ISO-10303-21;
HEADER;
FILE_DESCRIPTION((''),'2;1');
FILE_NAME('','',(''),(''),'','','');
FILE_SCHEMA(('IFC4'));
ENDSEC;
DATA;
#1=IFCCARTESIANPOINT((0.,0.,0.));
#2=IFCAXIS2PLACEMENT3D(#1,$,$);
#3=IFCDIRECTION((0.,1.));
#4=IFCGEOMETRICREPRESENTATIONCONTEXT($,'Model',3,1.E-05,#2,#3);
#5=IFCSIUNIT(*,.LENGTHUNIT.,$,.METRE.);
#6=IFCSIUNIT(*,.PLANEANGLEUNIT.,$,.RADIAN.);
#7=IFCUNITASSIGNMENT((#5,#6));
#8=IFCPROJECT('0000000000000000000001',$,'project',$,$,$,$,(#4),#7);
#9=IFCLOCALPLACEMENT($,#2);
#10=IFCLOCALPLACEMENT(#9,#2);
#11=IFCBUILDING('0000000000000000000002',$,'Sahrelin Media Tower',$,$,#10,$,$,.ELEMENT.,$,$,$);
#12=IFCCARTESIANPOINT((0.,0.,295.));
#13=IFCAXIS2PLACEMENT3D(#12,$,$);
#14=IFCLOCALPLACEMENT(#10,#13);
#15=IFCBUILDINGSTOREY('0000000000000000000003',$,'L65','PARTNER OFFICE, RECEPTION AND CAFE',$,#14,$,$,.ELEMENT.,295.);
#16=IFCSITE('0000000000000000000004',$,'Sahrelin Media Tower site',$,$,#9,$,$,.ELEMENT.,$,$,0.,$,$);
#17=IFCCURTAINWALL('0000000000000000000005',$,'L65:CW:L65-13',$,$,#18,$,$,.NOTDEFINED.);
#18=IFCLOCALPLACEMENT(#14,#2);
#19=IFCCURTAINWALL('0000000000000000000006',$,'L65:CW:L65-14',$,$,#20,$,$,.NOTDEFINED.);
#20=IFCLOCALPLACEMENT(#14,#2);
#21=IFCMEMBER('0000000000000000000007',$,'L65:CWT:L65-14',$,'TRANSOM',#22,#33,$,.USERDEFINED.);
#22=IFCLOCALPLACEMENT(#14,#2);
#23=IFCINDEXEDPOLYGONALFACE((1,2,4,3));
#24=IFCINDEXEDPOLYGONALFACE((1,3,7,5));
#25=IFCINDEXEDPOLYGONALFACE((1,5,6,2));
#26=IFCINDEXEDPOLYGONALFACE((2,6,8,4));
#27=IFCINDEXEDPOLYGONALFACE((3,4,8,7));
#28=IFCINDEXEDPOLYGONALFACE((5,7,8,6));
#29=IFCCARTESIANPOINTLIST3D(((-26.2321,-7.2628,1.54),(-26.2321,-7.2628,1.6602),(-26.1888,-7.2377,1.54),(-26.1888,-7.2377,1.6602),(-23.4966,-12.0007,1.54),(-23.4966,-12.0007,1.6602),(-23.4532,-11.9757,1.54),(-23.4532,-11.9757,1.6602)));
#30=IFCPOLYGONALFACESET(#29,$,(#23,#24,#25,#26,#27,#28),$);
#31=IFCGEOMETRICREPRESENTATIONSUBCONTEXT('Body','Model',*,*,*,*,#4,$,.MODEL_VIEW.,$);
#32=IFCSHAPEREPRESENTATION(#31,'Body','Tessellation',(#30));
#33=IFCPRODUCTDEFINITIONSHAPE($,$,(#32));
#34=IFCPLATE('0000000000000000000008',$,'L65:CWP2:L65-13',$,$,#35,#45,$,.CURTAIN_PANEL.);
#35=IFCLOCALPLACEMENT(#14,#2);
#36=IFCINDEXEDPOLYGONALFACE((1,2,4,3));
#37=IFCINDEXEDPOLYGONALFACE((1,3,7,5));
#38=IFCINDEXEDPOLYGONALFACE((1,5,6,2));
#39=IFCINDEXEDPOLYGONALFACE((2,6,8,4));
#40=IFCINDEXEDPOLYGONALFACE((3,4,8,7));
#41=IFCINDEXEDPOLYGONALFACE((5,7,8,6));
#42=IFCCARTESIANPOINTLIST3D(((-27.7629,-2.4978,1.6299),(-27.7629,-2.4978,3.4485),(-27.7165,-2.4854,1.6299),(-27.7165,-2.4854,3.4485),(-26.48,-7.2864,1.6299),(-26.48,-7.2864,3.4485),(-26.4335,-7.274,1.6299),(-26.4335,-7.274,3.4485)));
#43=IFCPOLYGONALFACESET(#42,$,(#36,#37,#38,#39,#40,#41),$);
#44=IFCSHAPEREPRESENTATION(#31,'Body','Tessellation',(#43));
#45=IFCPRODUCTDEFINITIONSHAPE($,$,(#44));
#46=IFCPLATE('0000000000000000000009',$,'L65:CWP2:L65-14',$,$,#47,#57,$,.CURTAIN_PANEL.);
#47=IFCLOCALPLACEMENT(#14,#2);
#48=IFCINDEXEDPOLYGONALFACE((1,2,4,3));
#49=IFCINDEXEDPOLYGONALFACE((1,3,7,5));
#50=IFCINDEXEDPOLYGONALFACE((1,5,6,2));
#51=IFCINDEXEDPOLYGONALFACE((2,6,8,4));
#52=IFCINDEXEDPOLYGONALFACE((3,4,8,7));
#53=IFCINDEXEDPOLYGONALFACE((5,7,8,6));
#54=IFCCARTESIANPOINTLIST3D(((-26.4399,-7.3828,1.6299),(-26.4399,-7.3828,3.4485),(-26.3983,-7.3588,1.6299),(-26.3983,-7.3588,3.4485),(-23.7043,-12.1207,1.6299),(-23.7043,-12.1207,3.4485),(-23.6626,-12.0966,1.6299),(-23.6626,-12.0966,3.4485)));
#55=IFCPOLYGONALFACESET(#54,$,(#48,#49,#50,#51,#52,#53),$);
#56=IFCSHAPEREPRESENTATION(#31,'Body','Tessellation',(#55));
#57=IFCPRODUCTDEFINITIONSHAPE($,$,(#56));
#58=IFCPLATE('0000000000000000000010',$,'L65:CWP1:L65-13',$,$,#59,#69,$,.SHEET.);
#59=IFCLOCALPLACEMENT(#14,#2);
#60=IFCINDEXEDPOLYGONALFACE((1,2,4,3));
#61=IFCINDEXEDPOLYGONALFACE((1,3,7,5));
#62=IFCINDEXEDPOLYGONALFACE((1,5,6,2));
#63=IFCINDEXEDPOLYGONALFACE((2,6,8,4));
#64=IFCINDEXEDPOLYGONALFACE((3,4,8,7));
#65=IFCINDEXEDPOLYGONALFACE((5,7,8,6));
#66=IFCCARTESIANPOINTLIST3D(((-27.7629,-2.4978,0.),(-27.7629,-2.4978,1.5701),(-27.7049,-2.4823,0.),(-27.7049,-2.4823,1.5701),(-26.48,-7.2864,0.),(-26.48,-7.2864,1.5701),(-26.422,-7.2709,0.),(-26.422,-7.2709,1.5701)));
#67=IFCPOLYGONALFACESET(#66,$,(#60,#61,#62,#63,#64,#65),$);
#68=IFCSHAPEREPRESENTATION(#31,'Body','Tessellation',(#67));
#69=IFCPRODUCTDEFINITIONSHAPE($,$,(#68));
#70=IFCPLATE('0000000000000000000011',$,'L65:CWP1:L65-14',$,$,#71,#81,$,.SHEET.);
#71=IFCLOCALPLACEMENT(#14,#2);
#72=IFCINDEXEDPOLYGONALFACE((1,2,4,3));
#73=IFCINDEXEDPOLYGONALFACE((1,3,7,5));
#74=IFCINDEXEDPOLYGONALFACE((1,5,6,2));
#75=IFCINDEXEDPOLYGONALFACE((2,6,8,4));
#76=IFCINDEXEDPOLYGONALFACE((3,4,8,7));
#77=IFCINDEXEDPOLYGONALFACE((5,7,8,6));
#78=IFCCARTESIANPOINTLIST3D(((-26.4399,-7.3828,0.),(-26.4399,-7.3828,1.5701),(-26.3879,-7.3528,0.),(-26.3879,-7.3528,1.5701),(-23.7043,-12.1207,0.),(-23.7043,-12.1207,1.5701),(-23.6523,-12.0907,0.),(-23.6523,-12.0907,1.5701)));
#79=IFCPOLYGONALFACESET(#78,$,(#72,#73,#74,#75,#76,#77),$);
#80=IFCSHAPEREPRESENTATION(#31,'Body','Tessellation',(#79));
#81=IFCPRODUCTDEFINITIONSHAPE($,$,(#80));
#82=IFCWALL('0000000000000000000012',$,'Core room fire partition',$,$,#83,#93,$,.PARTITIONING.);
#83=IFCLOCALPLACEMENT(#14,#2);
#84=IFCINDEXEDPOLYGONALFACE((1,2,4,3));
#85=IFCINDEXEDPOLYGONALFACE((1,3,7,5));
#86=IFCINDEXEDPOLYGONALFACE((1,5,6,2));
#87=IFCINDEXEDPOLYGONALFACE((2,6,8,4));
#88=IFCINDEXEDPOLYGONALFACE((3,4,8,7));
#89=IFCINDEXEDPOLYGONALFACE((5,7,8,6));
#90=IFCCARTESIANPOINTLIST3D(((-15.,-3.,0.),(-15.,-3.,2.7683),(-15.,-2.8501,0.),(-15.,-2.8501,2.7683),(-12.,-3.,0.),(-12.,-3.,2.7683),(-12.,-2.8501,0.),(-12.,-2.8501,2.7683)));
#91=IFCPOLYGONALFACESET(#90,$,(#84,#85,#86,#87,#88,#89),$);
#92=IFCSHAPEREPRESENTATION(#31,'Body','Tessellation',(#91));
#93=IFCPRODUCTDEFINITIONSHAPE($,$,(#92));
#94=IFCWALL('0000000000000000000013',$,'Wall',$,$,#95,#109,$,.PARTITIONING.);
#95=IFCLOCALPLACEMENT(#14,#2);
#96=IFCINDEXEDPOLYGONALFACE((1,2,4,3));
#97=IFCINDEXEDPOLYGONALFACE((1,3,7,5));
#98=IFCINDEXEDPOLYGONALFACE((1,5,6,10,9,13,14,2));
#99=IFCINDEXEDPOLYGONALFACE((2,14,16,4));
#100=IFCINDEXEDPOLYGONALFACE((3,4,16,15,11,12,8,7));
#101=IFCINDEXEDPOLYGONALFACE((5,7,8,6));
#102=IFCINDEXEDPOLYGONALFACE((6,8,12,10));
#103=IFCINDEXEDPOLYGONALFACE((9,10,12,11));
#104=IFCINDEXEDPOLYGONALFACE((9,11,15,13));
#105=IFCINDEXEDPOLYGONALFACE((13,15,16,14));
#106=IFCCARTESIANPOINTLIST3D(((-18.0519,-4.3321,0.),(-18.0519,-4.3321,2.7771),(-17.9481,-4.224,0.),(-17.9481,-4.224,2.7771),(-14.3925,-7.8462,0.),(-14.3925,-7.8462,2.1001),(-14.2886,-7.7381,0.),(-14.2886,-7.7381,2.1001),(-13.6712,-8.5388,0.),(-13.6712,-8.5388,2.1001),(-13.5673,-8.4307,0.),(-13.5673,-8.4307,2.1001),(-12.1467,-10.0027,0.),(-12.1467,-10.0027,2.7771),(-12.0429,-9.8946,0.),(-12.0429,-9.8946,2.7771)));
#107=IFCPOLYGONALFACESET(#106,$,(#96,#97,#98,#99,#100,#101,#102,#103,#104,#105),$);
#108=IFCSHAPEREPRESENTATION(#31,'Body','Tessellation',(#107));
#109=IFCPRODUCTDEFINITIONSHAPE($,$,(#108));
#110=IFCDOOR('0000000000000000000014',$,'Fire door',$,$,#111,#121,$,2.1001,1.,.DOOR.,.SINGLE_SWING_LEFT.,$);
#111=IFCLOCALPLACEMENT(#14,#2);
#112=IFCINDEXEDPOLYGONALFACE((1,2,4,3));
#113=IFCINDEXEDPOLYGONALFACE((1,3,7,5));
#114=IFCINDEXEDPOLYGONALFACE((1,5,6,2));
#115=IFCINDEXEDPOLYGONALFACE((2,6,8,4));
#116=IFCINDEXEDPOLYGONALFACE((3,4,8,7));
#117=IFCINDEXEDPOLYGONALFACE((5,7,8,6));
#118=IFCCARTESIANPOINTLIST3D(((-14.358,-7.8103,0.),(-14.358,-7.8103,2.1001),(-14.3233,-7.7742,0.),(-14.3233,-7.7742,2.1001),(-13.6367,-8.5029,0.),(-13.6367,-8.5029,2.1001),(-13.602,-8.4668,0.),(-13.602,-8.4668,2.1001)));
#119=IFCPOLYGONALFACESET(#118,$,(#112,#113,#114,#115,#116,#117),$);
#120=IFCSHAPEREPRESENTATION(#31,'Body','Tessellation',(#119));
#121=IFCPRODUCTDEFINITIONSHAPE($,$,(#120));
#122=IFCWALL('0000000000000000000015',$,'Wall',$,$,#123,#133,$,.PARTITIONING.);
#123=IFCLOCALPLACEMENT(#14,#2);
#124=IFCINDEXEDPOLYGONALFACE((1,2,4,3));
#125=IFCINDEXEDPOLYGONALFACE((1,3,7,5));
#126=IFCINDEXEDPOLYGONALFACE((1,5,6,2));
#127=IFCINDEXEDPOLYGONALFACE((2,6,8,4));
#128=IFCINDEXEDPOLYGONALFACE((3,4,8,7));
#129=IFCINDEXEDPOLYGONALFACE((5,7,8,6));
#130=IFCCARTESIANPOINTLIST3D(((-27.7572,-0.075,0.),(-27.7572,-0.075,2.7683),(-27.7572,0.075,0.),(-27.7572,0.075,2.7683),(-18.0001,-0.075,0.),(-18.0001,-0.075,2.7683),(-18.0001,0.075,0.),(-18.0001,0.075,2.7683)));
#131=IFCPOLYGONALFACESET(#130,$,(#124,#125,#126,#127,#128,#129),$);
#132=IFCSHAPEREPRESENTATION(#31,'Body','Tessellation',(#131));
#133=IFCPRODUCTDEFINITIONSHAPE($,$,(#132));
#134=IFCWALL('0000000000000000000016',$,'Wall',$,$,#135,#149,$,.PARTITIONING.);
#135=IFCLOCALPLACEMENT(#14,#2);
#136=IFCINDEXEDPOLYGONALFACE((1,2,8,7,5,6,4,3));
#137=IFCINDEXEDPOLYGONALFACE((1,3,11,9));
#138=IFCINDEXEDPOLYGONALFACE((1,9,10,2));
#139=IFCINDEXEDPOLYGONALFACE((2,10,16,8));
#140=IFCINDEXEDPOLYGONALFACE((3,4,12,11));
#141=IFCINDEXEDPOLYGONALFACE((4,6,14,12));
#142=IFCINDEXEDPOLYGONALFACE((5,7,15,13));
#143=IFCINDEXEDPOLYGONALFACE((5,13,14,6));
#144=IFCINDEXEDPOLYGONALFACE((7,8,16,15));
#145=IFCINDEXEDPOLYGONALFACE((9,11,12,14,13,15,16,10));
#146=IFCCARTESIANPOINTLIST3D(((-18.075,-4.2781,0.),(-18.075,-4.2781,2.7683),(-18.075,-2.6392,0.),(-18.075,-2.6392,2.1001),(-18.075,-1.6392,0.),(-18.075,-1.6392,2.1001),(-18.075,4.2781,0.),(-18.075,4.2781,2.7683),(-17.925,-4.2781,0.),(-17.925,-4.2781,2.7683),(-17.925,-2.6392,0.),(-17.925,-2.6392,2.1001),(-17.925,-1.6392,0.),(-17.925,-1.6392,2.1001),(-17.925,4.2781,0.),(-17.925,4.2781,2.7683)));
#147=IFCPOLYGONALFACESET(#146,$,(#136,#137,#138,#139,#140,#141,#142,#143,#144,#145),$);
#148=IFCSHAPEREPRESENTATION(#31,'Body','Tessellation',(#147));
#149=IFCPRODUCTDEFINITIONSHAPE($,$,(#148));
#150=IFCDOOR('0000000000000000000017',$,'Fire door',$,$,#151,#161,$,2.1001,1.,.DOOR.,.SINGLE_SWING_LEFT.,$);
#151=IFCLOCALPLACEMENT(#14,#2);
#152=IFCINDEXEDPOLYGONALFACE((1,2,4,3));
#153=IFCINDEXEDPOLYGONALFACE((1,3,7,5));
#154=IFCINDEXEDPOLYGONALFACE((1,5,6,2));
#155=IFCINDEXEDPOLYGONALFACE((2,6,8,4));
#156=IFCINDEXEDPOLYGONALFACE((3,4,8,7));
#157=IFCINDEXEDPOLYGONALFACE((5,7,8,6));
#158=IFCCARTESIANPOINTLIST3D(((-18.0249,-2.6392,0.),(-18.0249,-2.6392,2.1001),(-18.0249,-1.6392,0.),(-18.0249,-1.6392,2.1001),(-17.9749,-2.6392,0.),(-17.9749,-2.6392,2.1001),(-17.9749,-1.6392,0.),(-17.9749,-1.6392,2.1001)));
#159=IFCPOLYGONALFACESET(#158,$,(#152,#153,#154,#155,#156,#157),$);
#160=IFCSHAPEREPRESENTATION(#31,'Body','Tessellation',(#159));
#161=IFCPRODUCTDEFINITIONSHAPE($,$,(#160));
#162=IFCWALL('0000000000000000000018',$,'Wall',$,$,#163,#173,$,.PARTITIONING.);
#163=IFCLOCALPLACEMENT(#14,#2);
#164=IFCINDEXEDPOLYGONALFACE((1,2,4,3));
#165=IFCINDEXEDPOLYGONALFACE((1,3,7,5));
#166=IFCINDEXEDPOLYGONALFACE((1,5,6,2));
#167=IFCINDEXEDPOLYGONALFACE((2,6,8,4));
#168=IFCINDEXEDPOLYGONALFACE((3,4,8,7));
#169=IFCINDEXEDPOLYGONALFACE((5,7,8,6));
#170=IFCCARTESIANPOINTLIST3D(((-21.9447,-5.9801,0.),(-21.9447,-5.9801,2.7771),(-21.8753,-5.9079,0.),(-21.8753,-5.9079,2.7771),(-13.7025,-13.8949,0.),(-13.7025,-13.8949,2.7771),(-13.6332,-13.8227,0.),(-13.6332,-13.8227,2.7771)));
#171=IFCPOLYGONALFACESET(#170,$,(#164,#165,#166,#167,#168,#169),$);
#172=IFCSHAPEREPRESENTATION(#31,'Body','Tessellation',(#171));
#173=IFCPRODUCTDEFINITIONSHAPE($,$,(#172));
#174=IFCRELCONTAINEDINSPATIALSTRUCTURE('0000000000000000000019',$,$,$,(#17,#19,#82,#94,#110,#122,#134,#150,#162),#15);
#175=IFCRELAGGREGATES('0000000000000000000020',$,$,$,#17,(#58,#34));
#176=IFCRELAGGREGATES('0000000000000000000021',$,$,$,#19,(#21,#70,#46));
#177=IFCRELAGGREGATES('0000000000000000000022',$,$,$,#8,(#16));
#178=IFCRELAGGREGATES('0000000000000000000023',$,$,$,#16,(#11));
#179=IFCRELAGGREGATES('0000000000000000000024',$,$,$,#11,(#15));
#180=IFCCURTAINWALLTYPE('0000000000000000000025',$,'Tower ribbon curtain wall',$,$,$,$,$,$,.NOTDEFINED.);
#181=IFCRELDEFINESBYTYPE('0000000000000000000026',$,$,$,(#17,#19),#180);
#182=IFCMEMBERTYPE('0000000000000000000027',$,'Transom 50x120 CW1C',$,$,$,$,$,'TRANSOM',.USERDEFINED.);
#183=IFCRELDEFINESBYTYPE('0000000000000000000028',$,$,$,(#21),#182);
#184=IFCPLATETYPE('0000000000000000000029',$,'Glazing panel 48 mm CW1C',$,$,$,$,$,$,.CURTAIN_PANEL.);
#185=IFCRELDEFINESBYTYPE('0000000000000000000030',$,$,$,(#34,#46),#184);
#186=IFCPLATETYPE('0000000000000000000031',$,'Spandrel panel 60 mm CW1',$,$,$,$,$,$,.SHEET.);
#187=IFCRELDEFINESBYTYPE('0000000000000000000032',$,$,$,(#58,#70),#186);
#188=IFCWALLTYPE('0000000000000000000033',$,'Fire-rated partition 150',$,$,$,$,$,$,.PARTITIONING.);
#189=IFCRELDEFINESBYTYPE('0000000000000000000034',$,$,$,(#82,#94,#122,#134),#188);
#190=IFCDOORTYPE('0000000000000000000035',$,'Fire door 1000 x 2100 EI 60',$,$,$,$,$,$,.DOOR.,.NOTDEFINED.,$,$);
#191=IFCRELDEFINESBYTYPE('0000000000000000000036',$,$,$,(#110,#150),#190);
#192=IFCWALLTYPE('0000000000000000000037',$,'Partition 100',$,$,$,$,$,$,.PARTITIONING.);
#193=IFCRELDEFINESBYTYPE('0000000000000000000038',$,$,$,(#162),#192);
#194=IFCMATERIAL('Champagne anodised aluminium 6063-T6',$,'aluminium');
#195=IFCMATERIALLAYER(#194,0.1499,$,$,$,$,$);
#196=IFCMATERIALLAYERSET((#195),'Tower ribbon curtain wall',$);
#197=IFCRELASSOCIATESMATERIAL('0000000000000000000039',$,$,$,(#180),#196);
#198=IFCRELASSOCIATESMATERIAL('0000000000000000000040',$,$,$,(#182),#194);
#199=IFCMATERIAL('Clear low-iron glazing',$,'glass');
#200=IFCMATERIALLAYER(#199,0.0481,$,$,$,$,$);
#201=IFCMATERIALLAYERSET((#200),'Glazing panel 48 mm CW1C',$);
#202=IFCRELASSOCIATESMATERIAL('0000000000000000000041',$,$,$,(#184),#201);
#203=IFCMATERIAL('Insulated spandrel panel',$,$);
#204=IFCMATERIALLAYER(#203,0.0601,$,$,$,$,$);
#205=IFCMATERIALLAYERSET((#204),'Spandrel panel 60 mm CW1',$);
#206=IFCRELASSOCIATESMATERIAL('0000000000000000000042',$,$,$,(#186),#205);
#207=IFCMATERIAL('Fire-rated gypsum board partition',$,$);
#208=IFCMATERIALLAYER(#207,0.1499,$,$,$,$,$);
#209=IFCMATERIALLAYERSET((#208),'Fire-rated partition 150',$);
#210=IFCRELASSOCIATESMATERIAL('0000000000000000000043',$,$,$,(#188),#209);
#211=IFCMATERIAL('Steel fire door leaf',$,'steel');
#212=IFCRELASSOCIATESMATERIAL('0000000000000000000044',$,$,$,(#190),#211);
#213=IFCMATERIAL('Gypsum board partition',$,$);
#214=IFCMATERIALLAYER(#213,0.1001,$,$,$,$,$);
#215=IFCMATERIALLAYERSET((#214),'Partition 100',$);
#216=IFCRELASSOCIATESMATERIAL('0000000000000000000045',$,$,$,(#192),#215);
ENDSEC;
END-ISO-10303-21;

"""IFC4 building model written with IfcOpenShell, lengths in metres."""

from ifc_helpers import new_model, si_unit, direction, frame, frame_2d, origin, origin_2d, place, context, subcontext, project, spatial, polyline, rectangle, outline, extrude, material, layer, layer_set, material_profile, profile_set, type_object, element, fill, aggregate, save


model = new_model("IFC4")

# Units and contexts
model_context = context("Model", 3, precision=1e-05, world=origin(), true_north=direction((0.0, 1.0)))
body_context = subcontext(model_context, "Body", "Model", "MODEL_VIEW")
ifc_project = project(units=[si_unit("LENGTHUNIT", "METRE"), si_unit("PLANEANGLEUNIT", "RADIAN")], contexts=[model_context])

# Site, building, storey
site_placement = place(None, origin())
site = spatial("IfcSite", under=ifc_project, at=site_placement, Name="Sahrelin Media Tower site", CompositionType="ELEMENT", RefElevation=0.0)
building_placement = place(site_placement, origin())
building = spatial("IfcBuilding", under=site, at=building_placement, Name="Sahrelin Media Tower", CompositionType="ELEMENT")
storey_placement = place(building_placement, frame((0.0, 0.0, 295.0)))
storey = spatial("IfcBuildingStorey", under=building, at=storey_placement, Name="L65", Description="PARTNER OFFICE, RECEPTION AND CAFE", CompositionType="ELEMENT", Elevation=295.0)

# Curtain wall
ifc_material_1 = material(Name="Champagne anodised aluminium 6063-T6", Category="aluminium")
ifc_layer_1 = layer(ifc_material_1, 0.1499)
ifc_layer_set_1 = layer_set([ifc_layer_1], Name="Tower ribbon curtain wall")
curtain_wall_type = type_object("IfcCurtainWallType", Name="Tower ribbon curtain wall", PredefinedType="NOTDEFINED", material=ifc_layer_set_1)
curtain_wall_1_placement = place(storey_placement, frame((-27.1021, -4.8867, 0.0), z_axis=(0.0, 0.0, 1.0), x_axis=(1.0, 0.0, 0.0)))
curtain_wall_1 = element("IfcCurtainWall", 1, at=curtain_wall_1_placement, inside=storey, type_object=curtain_wall_type, Name="L65:CW:L65-13", PredefinedType="NOTDEFINED")

# Shared definitions
ifc_material_profile_1 = material_profile(ifc_material_1, rectangle(XDim=0.05, YDim=0.1201, at=origin_2d()), Name="Transom 50x120")
ifc_profile_set_1 = profile_set([ifc_material_profile_1], Name="Champagne anodised aluminium 6063-T6")
member_type_1 = type_object("IfcMemberType", Name="Transom 50x120 CW1C", ElementType="TRANSOM", PredefinedType="USERDEFINED", material=ifc_profile_set_1)

# Curtain wall, member
curtain_wall_2_placement = place(storey_placement, frame((-25.0547, -9.7417, 0.0), z_axis=(0.0, 0.0, 1.0), x_axis=(1.0, 0.0, 0.0)))
curtain_wall_2 = element("IfcCurtainWall", 2, at=curtain_wall_2_placement, inside=storey, type_object=curtain_wall_type, Name="L65:CW:L65-14", PredefinedType="NOTDEFINED")
member_1_placement = place(storey_placement, frame((-26.2104, -7.2502, 1.6001), z_axis=(0.500012, -0.866018, 0.0), x_axis=(0.866018, 0.500012, 0.0)))
member_1 = element("IfcMember", 3, at=member_1_placement, type_object=member_type_1, Name="L65:CWT:L65-14", ObjectType="TRANSOM", PredefinedType="USERDEFINED", context=body_context, shape_type="SweptSolid", body=[
    extrude(rectangle(XDim=0.05, YDim=0.1201, at=origin_2d()), origin(), (0.0, 0.0, 1.0), 5.4709),
])

# Plates
ifc_material_2 = material(Name="Clear low-iron glazing", Category="glass")
ifc_layer_2 = layer(ifc_material_2, 0.0481)
ifc_layer_set_2 = layer_set([ifc_layer_2], Name="Glazing panel 48 mm CW1C")
plate_type_1 = type_object("IfcPlateType", Name="Glazing panel 48 mm CW1C", PredefinedType="CURTAIN_PANEL", material=ifc_layer_set_2)
plate_1_placement = place(storey_placement, frame((-27.7629, -2.4978, 1.6299), z_axis=(-0.965933, -0.258794, 0.0), x_axis=(0.258794, -0.965933, 0.0)))
plate_1 = element("IfcPlate", 4, at=plate_1_placement, type_object=plate_type_1, Name="L65:CWP2:L65-13", PredefinedType="CURTAIN_PANEL", context=body_context, shape_type="SweptSolid", body=[
    extrude(outline(polyline([(0.0, 0.0), (4.9575, 0.0), (4.9575, 1.8186), (0.0, 1.8186), (0.0, 0.0)])), origin(), (0.0, 0.0, -1.0), 0.0481),
])
plate_2_placement = place(storey_placement, frame((-26.4399, -7.3828, 1.6299), z_axis=(-0.866007, -0.500031, 0.0), x_axis=(0.500031, -0.866007, 0.0)))
plate_2 = element("IfcPlate", 5, at=plate_2_placement, type_object=plate_type_1, Name="L65:CWP2:L65-14", PredefinedType="CURTAIN_PANEL", context=body_context, shape_type="SweptSolid", body=[
    extrude(outline(polyline([(0.0, 0.0), (5.4709, 0.0), (5.4709, 1.8186), (0.0, 1.8186), (0.0, 0.0)])), origin(), (0.0, 0.0, -1.0), 0.0481),
])
ifc_material_3 = material(Name="Insulated spandrel panel")
ifc_layer_3 = layer(ifc_material_3, 0.0601)
ifc_layer_set_3 = layer_set([ifc_layer_3], Name="Spandrel panel 60 mm CW1")
plate_type_2 = type_object("IfcPlateType", Name="Spandrel panel 60 mm CW1", PredefinedType="SHEET", material=ifc_layer_set_3)
plate_3_placement = place(storey_placement, frame((-27.7629, -2.4978, 0.0), z_axis=(-0.965933, -0.258794, 0.0), x_axis=(0.258794, -0.965933, 0.0)))
plate_3 = element("IfcPlate", 6, at=plate_3_placement, type_object=plate_type_2, Name="L65:CWP1:L65-13", PredefinedType="SHEET", context=body_context, shape_type="SweptSolid", body=[
    extrude(outline(polyline([(0.0, 0.0), (4.9575, 0.0), (4.9575, 1.5701), (0.0, 1.5701), (0.0, 0.0)])), origin(), (0.0, 0.0, -1.0), 0.0601),
])
aggregate(curtain_wall_1, [plate_3, plate_1])
plate_4_placement = place(storey_placement, frame((-26.4399, -7.3828, 0.0), z_axis=(-0.866007, -0.500031, 0.0), x_axis=(0.500031, -0.866007, 0.0)))
plate_4 = element("IfcPlate", 7, at=plate_4_placement, type_object=plate_type_2, Name="L65:CWP1:L65-14", PredefinedType="SHEET", context=body_context, shape_type="SweptSolid", body=[
    extrude(outline(polyline([(0.0, 0.0), (5.4709, 0.0), (5.4709, 1.5701), (0.0, 1.5701), (0.0, 0.0)])), origin(), (0.0, 0.0, -1.0), 0.0601),
])
aggregate(curtain_wall_2, [member_1, plate_4, plate_2])

# Wall
ifc_material_4 = material(Name="Fire-rated gypsum board partition")
ifc_layer_4 = layer(ifc_material_4, 0.1499)
ifc_layer_set_4 = layer_set([ifc_layer_4], Name="Fire-rated partition 150")
wall_type_1 = type_object("IfcWallType", Name="Fire-rated partition 150", PredefinedType="PARTITIONING", material=ifc_layer_set_4)
wall_1_placement = place(storey_placement, frame((-15.0, -2.925, 0.0), z_axis=(0.0, 0.0, 1.0), x_axis=(1.0, 0.0, 0.0)))
element("IfcWall", 8, at=wall_1_placement, inside=storey, type_object=wall_type_1, Name="Core room fire partition", PredefinedType="PARTITIONING", context=body_context, shape_type="SweptSolid", body=[
    extrude(rectangle(XDim=3.0, YDim=0.1499, at=frame_2d((1.5, 0.0))), origin(), (0.0, 0.0, 1.0), 2.7683),
])

# Wall, opening, door
wall_2_placement = place(storey_placement, frame((-18.0, -4.2781, 0.0), z_axis=(0.0, 0.0, 1.0), x_axis=(0.72129, -0.692633, 0.0)))
wall_2 = element("IfcWall", 9, at=wall_2_placement, inside=storey, type_object=wall_type_1, Name="Wall", PredefinedType="PARTITIONING", context=body_context, shape_type="SweptSolid", body=[
    extrude(rectangle(XDim=8.187, YDim=0.1499, at=frame_2d((4.0935, 0.0))), origin(), (0.0, 0.0, 1.0), 2.7771),
])
opening_1_placement = place(wall_2_placement, frame((5.0735, 0.0, 0.0)))
opening_1 = element("IfcOpeningElement", 10, at=opening_1_placement, cuts=wall_2, PredefinedType="OPENING", context=body_context, shape_type="SweptSolid", body=[
    extrude(rectangle(XDim=1.0, YDim=2.1001, at=frame_2d((0.5, 1.05))), frame((0.0, 0.075, 0.0), z_axis=(0.0, -1.0, 0.0), x_axis=(1.0, 0.0, 0.0)), (0.0, 0.0, 1.0), 0.1499),
])
ifc_material_5 = material(Name="Steel fire door leaf", Category="steel")
door_type = type_object("IfcDoorType", Name="Fire door 1000 x 2100 EI 60", OperationType="NOTDEFINED", PredefinedType="DOOR", material=ifc_material_5)
door_1_placement = place(opening_1_placement, origin())
door_1 = element("IfcDoor", 11, at=door_1_placement, inside=storey, type_object=door_type, Name="Fire door", OperationType="SINGLE_SWING_LEFT", OverallHeight=2.1001, OverallWidth=1.0, PredefinedType="DOOR", context=body_context, shape_type="SweptSolid", body=[
    extrude(rectangle(XDim=1.0, YDim=2.1001, at=frame_2d((0.5, 1.05))), frame((0.0, 0.0249, 0.0), z_axis=(0.0, -1.0, 0.0), x_axis=(1.0, 0.0, 0.0)), (0.0, 0.0, 1.0), 0.05),
])
fill(opening_1, door_1)

# Wall
wall_3_placement = place(storey_placement, frame((-27.7571, 0.0, 0.0), z_axis=(0.0, 0.0, 1.0), x_axis=(1.0, 0.0, 0.0)))
element("IfcWall", 12, at=wall_3_placement, inside=storey, type_object=wall_type_1, Name="Wall", PredefinedType="PARTITIONING", context=body_context, shape_type="SweptSolid", body=[
    extrude(rectangle(XDim=9.7571, YDim=0.1499, at=frame_2d((4.8784, 0.0))), origin(), (0.0, 0.0, 1.0), 2.7683),
])

# Wall, opening, door
wall_4_placement = place(storey_placement, frame((-18.0, -4.2781, 0.0), z_axis=(0.0, 0.0, 1.0), x_axis=(0.0, 1.0, 0.0)))
wall_4 = element("IfcWall", 13, at=wall_4_placement, inside=storey, type_object=wall_type_1, Name="Wall", PredefinedType="PARTITIONING", context=body_context, shape_type="SweptSolid", body=[
    extrude(rectangle(XDim=8.5562, YDim=0.1499, at=frame_2d((4.2781, 0.0))), origin(), (0.0, 0.0, 1.0), 2.7683),
])
opening_2_placement = place(wall_4_placement, frame((1.6389, 0.0, 0.0)))
opening_2 = element("IfcOpeningElement", 14, at=opening_2_placement, cuts=wall_4, PredefinedType="OPENING", context=body_context, shape_type="SweptSolid", body=[
    extrude(rectangle(XDim=1.0, YDim=2.1001, at=frame_2d((0.5, 1.05))), frame((0.0, 0.075, 0.0), z_axis=(0.0, -1.0, 0.0), x_axis=(1.0, 0.0, 0.0)), (0.0, 0.0, 1.0), 0.1499),
])
door_2_placement = place(opening_2_placement, origin())
door_2 = element("IfcDoor", 15, at=door_2_placement, inside=storey, type_object=door_type, Name="Fire door", OperationType="SINGLE_SWING_LEFT", OverallHeight=2.1001, OverallWidth=1.0, PredefinedType="DOOR", context=body_context, shape_type="SweptSolid", body=[
    extrude(rectangle(XDim=1.0, YDim=2.1001, at=frame_2d((0.5, 1.05))), frame((0.0, 0.0249, 0.0), z_axis=(0.0, -1.0, 0.0), x_axis=(1.0, 0.0, 0.0)), (0.0, 0.0, 1.0), 0.05),
])
fill(opening_2, door_2)

# Wall
ifc_material_6 = material(Name="Gypsum board partition")
ifc_layer_5 = layer(ifc_material_6, 0.1001)
ifc_layer_set_5 = layer_set([ifc_layer_5], Name="Partition 100")
wall_type_2 = type_object("IfcWallType", Name="Partition 100", PredefinedType="PARTITIONING", material=ifc_layer_set_5)
wall_5_placement = place(storey_placement, frame((-21.9099, -5.9441, 0.0), z_axis=(0.0, 0.0, 1.0), x_axis=(0.721287, -0.692636, 0.0)))
element("IfcWall", 16, at=wall_5_placement, inside=storey, type_object=wall_type_2, Name="Wall", PredefinedType="PARTITIONING", context=body_context, shape_type="SweptSolid", body=[
    extrude(rectangle(XDim=11.427, YDim=0.1001, at=frame_2d((5.7134, 0.0))), origin(), (0.0, 0.0, 1.0), 2.7771),
])

save(model, "model.ifc")
